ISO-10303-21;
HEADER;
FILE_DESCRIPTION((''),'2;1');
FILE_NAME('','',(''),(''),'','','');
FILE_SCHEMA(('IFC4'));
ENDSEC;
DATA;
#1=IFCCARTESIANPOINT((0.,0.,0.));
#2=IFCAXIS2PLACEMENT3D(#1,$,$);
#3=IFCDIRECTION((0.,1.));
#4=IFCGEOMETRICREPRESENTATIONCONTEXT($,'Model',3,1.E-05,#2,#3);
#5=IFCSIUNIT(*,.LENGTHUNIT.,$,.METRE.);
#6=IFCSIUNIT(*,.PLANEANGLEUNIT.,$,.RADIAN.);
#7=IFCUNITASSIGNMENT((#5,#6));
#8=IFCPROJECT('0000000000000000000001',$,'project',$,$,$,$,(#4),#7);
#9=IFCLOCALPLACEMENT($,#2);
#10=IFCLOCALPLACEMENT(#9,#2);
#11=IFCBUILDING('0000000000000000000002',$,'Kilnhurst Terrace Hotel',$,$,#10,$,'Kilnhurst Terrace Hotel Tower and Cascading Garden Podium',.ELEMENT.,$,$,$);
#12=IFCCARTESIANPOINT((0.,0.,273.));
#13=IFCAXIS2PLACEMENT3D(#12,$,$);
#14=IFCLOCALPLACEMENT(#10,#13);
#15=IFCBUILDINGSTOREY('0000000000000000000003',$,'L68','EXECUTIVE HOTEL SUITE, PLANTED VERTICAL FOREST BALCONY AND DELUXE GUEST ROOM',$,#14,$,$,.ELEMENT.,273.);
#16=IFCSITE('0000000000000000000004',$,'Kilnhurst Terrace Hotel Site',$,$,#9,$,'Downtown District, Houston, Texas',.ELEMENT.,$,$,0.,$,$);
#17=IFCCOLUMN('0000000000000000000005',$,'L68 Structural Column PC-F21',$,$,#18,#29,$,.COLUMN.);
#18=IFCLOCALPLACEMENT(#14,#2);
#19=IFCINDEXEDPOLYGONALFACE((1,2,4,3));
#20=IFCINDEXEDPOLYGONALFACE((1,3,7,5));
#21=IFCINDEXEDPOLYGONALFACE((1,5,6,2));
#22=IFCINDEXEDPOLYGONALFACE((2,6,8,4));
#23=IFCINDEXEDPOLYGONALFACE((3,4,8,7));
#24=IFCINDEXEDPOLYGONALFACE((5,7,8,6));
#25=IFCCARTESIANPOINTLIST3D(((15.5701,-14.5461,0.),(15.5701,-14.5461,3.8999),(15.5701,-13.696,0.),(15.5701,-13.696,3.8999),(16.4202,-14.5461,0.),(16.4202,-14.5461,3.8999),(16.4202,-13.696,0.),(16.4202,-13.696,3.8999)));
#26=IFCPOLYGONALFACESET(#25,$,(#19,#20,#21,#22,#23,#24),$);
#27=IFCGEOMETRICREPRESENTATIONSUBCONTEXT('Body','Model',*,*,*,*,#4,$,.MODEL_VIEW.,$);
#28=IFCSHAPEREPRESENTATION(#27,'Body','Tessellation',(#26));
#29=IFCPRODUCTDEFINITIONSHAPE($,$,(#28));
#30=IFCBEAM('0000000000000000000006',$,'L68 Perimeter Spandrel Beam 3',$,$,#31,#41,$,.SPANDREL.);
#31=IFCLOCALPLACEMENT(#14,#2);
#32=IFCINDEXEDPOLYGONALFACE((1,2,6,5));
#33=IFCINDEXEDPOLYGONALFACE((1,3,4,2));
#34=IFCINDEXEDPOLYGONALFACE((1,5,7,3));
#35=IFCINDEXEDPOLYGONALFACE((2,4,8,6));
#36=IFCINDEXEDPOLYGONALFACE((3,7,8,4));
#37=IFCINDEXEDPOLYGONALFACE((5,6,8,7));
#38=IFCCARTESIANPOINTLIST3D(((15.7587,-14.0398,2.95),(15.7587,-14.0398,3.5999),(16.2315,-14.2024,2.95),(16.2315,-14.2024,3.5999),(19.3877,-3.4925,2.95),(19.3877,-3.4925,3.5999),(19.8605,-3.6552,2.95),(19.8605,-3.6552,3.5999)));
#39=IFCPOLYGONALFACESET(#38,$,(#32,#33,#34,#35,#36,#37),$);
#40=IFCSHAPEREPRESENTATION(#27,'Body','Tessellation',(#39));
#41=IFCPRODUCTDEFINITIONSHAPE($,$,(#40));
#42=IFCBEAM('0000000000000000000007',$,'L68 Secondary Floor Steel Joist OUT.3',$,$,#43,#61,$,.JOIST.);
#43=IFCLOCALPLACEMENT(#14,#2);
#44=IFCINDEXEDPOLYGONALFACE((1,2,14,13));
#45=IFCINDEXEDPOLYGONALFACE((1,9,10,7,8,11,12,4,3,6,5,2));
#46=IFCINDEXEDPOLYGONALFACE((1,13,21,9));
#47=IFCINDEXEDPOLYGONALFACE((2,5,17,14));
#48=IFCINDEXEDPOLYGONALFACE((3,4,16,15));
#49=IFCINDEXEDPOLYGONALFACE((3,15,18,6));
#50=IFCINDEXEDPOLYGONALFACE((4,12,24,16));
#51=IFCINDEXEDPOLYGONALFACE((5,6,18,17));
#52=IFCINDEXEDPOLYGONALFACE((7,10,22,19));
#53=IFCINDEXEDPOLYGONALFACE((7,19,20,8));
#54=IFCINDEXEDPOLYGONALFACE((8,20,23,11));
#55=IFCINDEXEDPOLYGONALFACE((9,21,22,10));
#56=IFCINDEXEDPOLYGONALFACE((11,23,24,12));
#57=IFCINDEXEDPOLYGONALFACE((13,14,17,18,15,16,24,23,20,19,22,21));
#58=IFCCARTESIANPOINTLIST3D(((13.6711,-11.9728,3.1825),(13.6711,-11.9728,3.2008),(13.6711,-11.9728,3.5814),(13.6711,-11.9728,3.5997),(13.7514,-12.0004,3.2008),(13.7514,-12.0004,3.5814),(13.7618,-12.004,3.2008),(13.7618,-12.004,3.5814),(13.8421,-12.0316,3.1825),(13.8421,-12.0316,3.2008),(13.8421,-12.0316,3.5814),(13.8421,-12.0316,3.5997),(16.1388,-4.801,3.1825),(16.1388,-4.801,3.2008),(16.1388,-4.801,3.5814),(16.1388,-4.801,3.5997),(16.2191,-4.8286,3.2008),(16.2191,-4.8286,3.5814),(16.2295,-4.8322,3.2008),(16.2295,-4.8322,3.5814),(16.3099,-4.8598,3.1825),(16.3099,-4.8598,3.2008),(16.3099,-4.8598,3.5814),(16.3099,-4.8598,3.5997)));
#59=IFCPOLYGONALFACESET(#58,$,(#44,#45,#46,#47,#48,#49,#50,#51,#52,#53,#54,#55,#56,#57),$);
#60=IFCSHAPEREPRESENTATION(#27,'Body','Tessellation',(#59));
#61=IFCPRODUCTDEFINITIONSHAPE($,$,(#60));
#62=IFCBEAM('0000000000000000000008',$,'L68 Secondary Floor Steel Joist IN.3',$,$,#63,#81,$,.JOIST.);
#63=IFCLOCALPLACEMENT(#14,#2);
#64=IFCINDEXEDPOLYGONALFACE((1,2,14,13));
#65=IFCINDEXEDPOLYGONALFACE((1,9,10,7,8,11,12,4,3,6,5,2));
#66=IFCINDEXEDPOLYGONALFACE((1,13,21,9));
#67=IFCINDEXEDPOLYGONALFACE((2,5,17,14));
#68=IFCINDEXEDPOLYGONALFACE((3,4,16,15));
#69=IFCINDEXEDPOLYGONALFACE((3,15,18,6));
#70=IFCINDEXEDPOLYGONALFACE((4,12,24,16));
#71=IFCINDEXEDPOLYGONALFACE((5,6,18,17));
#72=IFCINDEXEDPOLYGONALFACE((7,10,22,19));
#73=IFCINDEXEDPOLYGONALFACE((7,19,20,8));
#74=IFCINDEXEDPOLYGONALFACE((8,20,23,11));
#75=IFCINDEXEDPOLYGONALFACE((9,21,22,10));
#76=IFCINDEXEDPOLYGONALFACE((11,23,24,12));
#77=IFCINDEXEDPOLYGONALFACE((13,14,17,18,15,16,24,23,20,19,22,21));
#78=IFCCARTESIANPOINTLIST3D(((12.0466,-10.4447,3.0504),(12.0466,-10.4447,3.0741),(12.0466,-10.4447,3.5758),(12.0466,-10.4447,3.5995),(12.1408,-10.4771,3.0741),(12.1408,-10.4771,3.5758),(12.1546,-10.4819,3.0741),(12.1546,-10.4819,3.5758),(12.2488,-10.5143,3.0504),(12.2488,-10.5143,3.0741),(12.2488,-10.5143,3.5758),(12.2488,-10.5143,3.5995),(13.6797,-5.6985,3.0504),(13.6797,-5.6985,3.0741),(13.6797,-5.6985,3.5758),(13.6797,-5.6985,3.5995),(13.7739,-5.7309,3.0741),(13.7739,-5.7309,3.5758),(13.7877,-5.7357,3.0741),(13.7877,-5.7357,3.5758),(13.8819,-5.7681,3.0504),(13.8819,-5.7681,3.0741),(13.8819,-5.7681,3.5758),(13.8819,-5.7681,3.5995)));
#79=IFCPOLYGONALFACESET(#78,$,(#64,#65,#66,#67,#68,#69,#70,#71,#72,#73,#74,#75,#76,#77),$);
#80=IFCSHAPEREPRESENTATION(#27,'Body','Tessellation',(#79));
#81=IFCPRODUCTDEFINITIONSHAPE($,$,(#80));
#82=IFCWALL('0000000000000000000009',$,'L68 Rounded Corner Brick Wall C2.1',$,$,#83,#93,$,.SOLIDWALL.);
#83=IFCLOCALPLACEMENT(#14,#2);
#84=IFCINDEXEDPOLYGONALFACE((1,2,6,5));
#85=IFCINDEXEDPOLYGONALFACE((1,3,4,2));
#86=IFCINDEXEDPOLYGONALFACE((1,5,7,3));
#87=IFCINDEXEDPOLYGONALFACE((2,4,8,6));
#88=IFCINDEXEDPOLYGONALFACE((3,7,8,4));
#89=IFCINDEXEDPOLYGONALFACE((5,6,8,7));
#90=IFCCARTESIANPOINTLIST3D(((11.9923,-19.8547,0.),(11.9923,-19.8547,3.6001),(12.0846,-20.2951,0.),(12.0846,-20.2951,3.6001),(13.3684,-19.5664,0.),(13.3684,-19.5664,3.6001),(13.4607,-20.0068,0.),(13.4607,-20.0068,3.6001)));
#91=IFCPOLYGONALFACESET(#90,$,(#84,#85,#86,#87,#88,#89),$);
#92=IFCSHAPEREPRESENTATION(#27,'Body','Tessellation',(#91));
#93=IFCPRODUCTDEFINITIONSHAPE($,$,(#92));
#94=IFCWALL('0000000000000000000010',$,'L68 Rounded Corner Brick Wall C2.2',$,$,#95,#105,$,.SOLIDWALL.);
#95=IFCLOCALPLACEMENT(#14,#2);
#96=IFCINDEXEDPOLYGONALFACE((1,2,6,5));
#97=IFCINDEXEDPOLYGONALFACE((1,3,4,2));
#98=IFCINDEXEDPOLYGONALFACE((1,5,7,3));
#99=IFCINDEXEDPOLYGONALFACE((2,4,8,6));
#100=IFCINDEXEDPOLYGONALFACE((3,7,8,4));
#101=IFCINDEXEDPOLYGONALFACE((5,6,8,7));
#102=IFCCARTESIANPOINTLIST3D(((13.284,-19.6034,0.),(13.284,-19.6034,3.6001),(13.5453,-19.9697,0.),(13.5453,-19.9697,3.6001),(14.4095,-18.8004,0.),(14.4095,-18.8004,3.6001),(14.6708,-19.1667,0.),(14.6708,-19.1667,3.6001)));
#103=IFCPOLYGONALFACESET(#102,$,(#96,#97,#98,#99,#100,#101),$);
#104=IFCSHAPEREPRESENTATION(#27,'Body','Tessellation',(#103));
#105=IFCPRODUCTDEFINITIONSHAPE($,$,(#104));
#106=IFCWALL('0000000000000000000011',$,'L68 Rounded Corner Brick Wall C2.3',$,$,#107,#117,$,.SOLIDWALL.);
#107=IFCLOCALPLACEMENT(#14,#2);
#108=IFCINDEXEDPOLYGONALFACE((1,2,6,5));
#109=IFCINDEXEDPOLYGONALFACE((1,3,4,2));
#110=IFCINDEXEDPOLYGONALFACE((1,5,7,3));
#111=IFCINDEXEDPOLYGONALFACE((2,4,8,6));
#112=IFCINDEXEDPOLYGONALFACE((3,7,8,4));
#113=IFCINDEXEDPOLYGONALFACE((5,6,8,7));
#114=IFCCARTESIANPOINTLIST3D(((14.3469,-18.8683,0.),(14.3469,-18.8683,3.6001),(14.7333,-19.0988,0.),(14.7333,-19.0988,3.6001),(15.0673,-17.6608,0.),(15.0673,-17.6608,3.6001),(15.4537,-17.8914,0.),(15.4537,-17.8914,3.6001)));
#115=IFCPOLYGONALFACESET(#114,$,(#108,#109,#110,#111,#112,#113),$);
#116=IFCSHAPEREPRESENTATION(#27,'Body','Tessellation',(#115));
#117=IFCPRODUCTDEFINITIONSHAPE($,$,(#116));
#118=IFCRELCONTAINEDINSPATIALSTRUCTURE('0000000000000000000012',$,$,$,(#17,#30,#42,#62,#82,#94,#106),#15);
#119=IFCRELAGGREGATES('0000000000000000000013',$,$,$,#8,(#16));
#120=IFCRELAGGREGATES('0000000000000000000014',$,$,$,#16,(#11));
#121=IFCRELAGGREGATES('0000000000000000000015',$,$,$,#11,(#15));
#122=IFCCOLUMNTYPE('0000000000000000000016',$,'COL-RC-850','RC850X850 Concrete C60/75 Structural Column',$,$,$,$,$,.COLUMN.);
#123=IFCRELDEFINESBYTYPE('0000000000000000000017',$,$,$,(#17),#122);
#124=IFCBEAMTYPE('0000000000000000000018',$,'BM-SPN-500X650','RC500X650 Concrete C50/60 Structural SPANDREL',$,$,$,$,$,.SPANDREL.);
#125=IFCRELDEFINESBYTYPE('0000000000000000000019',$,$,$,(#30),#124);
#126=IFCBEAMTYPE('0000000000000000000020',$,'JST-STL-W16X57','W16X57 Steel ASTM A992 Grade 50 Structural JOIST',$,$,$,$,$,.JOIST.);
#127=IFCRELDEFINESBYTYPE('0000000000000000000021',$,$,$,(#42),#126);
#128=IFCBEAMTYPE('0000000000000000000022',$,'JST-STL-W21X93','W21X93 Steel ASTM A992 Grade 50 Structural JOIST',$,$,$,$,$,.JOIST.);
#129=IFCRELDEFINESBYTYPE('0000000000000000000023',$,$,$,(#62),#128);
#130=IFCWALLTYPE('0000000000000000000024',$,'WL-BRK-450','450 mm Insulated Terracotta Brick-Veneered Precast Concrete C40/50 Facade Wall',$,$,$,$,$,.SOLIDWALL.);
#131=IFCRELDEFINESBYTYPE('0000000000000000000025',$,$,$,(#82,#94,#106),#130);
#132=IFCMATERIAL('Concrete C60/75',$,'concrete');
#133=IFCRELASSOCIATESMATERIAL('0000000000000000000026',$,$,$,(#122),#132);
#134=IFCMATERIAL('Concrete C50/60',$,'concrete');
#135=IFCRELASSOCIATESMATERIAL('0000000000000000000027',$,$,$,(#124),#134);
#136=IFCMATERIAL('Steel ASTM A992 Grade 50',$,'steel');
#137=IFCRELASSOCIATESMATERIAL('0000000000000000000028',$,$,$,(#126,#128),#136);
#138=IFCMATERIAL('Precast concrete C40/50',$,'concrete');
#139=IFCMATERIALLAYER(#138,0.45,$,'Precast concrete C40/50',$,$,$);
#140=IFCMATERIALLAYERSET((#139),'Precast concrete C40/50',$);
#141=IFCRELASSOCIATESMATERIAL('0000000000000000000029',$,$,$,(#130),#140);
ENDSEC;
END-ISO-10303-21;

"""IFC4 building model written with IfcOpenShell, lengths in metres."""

from ifc_helpers import new_model, si_unit, direction, frame, frame_2d, origin, origin_2d, place, context, subcontext, project, spatial, rectangle, i_section, extrude, material, layer, layer_set, material_profile, profile_set, type_object, element, save


model = new_model("IFC4")

# Units and contexts
model_context = context("Model", 3, precision=1e-05, world=origin(), true_north=direction((0.0, 1.0)))
body_context = subcontext(model_context, "Body", "Model", "MODEL_VIEW")
ifc_project = project(units=[si_unit("LENGTHUNIT", "METRE"), si_unit("PLANEANGLEUNIT", "RADIAN")], contexts=[model_context])

# Site, building, storey
site_placement = place(None, origin())
site = spatial("IfcSite", under=ifc_project, at=site_placement, Name="Kilnhurst Terrace Hotel Site", LongName="Downtown District, Houston, Texas", CompositionType="ELEMENT", RefElevation=0.0)
building_placement = place(site_placement, origin())
building = spatial("IfcBuilding", under=site, at=building_placement, Name="Kilnhurst Terrace Hotel", LongName="Kilnhurst Terrace Hotel Tower and Cascading Garden Podium", CompositionType="ELEMENT")
storey_placement = place(building_placement, frame((0.0, 0.0, 273.0)))
storey = spatial("IfcBuildingStorey", under=building, at=storey_placement, Name="L68", Description="EXECUTIVE HOTEL SUITE, PLANTED VERTICAL FOREST BALCONY AND DELUXE GUEST ROOM", CompositionType="ELEMENT", Elevation=273.0)

# Column
ifc_material_1 = material(Name="Concrete C60/75", Category="concrete")
ifc_material_profile_1 = material_profile(ifc_material_1, rectangle(XDim=0.8501, YDim=0.8501, at=origin_2d()), Name="RC850X850")
ifc_profile_set_1 = profile_set([ifc_material_profile_1], Name="Concrete C60/75")
column_type = type_object("IfcColumnType", Name="COL-RC-850", Description="RC850X850 Concrete C60/75 Structural Column", PredefinedType="COLUMN", material=ifc_profile_set_1)
column_placement = place(storey_placement, frame((15.9951, -14.1211, 0.0), z_axis=(0.0, 0.0, 1.0), x_axis=(1.0, 0.0, 0.0)))
element("IfcColumn", 1, at=column_placement, inside=storey, type_object=column_type, Name="L68 Structural Column PC-F21", PredefinedType="COLUMN", context=body_context, shape_type="SweptSolid", body=[
    extrude(rectangle(XDim=0.8501, YDim=0.8501, at=origin_2d()), origin(), (0.0, 0.0, 1.0), 3.8999),
])

# Beams
ifc_material_2 = material(Name="Concrete C50/60", Category="concrete")
ifc_material_profile_2 = material_profile(ifc_material_2, rectangle(XDim=0.5, YDim=0.6499, at=origin_2d()), Name="RC500X650")
ifc_profile_set_2 = profile_set([ifc_material_profile_2], Name="Concrete C50/60")
beam_type_1 = type_object("IfcBeamType", Name="BM-SPN-500X650", Description="RC500X650 Concrete C50/60 Structural SPANDREL", PredefinedType="SPANDREL", material=ifc_profile_set_2)
beam_1_placement = place(storey_placement, frame((15.9951, -14.1211, 3.2749), z_axis=(0.325347, 0.945595, 0.0), x_axis=(-0.945595, 0.325347, 0.0)))
element("IfcBeam", 2, at=beam_1_placement, inside=storey, type_object=beam_type_1, Name="L68 Perimeter Spandrel Beam 3", PredefinedType="SPANDREL", context=body_context, shape_type="SweptSolid", body=[
    extrude(rectangle(XDim=0.5, YDim=0.6499, at=origin_2d()), origin(), (0.0, 0.0, 1.0), 11.1541),
])
ifc_material_3 = material(Name="Steel ASTM A992 Grade 50", Category="steel")
ifc_material_profile_3 = material_profile(ifc_material_3, i_section(OverallWidth=0.1809, OverallDepth=0.4172, WebThickness=0.011, FlangeThickness=0.0183, at=origin_2d()), Name="W16X57")
ifc_profile_set_3 = profile_set([ifc_material_profile_3], Name="Steel ASTM A992 Grade 50")
beam_type_2 = type_object("IfcBeamType", Name="JST-STL-W16X57", Description="W16X57 Steel ASTM A992 Grade 50 Structural JOIST", PredefinedType="JOIST", material=ifc_profile_set_3)
beam_2_placement = place(storey_placement, frame((13.7566, -12.0022, 3.3911), z_axis=(0.325368, 0.945588, 0.0), x_axis=(-0.945588, 0.325368, 0.0)))
element("IfcBeam", 3, at=beam_2_placement, inside=storey, type_object=beam_type_2, Name="L68 Secondary Floor Steel Joist OUT.3", PredefinedType="JOIST", context=body_context, shape_type="SweptSolid", body=[
    extrude(i_section(OverallWidth=0.1809, OverallDepth=0.4172, WebThickness=0.011, FlangeThickness=0.0183, at=origin_2d()), origin(), (0.0, 0.0, 1.0), 7.5845),
])
ifc_material_profile_4 = material_profile(ifc_material_3, i_section(OverallWidth=0.2139, OverallDepth=0.5491, WebThickness=0.0146, FlangeThickness=0.0237, at=origin_2d()), Name="W21X93")
ifc_profile_set_4 = profile_set([ifc_material_profile_4], Name="Steel ASTM A992 Grade 50")
beam_type_3 = type_object("IfcBeamType", Name="JST-STL-W21X93", Description="W21X93 Steel ASTM A992 Grade 50 Structural JOIST", PredefinedType="JOIST", material=ifc_profile_set_4)
beam_3_placement = place(storey_placement, frame((12.1477, -10.4795, 3.325), z_axis=(0.325363, 0.945589, 0.0), x_axis=(-0.945589, 0.325363, 0.0)))
element("IfcBeam", 4, at=beam_3_placement, inside=storey, type_object=beam_type_3, Name="L68 Secondary Floor Steel Joist IN.3", PredefinedType="JOIST", context=body_context, shape_type="SweptSolid", body=[
    extrude(i_section(OverallWidth=0.2139, OverallDepth=0.5491, WebThickness=0.0146, FlangeThickness=0.0237, at=origin_2d()), origin(), (0.0, 0.0, 1.0), 5.0193),
])

# Walls
ifc_material_4 = material(Name="Precast concrete C40/50", Category="concrete")
ifc_layer_1 = layer(ifc_material_4, 0.45, Name="Precast concrete C40/50")
ifc_layer_set_1 = layer_set([ifc_layer_1], Name="Precast concrete C40/50")
wall_type_1 = type_object("IfcWallType", Name="WL-BRK-450", Description="450 mm Insulated Terracotta Brick-Veneered Precast Concrete C40/50 Facade Wall", PredefinedType="SOLIDWALL", material=ifc_layer_set_1)
wall_1_placement = place(storey_placement, frame((12.0383, -20.075, 0.0), z_axis=(0.0, 0.0, 1.0), x_axis=(0.97875, 0.205057, 0.0)))
element("IfcWall", 5, at=wall_1_placement, inside=storey, type_object=wall_type_1, Name="L68 Rounded Corner Brick Wall C2.1", PredefinedType="SOLIDWALL", context=body_context, shape_type="SweptSolid", body=[
    extrude(rectangle(XDim=1.406, YDim=0.45, at=frame_2d((0.7031, 0.0))), origin(), (0.0, 0.0, 1.0), 3.6001),
])
wall_2_placement = place(storey_placement, frame((13.4146, -19.7866, 0.0), z_axis=(0.0, 0.0, 1.0), x_axis=(0.814055, 0.580787, 0.0)))
element("IfcWall", 6, at=wall_2_placement, inside=storey, type_object=wall_type_1, Name="L68 Rounded Corner Brick Wall C2.2", PredefinedType="SOLIDWALL", context=body_context, shape_type="SweptSolid", body=[
    extrude(rectangle(XDim=1.3826, YDim=0.45, at=frame_2d((0.6914, 0.0))), origin(), (0.0, 0.0, 1.0), 3.6001),
])
wall_3_placement = place(storey_placement, frame((14.54, -18.9836, 0.0), z_axis=(0.0, 0.0, 1.0), x_axis=(0.512375, 0.858762, 0.0)))
element("IfcWall", 7, at=wall_3_placement, inside=storey, type_object=wall_type_1, Name="L68 Rounded Corner Brick Wall C2.3", PredefinedType="SOLIDWALL", context=body_context, shape_type="SweptSolid", body=[
    extrude(rectangle(XDim=1.406, YDim=0.45, at=frame_2d((0.7031, 0.0))), origin(), (0.0, 0.0, 1.0), 3.6001),
])

save(model, "model.ifc")
